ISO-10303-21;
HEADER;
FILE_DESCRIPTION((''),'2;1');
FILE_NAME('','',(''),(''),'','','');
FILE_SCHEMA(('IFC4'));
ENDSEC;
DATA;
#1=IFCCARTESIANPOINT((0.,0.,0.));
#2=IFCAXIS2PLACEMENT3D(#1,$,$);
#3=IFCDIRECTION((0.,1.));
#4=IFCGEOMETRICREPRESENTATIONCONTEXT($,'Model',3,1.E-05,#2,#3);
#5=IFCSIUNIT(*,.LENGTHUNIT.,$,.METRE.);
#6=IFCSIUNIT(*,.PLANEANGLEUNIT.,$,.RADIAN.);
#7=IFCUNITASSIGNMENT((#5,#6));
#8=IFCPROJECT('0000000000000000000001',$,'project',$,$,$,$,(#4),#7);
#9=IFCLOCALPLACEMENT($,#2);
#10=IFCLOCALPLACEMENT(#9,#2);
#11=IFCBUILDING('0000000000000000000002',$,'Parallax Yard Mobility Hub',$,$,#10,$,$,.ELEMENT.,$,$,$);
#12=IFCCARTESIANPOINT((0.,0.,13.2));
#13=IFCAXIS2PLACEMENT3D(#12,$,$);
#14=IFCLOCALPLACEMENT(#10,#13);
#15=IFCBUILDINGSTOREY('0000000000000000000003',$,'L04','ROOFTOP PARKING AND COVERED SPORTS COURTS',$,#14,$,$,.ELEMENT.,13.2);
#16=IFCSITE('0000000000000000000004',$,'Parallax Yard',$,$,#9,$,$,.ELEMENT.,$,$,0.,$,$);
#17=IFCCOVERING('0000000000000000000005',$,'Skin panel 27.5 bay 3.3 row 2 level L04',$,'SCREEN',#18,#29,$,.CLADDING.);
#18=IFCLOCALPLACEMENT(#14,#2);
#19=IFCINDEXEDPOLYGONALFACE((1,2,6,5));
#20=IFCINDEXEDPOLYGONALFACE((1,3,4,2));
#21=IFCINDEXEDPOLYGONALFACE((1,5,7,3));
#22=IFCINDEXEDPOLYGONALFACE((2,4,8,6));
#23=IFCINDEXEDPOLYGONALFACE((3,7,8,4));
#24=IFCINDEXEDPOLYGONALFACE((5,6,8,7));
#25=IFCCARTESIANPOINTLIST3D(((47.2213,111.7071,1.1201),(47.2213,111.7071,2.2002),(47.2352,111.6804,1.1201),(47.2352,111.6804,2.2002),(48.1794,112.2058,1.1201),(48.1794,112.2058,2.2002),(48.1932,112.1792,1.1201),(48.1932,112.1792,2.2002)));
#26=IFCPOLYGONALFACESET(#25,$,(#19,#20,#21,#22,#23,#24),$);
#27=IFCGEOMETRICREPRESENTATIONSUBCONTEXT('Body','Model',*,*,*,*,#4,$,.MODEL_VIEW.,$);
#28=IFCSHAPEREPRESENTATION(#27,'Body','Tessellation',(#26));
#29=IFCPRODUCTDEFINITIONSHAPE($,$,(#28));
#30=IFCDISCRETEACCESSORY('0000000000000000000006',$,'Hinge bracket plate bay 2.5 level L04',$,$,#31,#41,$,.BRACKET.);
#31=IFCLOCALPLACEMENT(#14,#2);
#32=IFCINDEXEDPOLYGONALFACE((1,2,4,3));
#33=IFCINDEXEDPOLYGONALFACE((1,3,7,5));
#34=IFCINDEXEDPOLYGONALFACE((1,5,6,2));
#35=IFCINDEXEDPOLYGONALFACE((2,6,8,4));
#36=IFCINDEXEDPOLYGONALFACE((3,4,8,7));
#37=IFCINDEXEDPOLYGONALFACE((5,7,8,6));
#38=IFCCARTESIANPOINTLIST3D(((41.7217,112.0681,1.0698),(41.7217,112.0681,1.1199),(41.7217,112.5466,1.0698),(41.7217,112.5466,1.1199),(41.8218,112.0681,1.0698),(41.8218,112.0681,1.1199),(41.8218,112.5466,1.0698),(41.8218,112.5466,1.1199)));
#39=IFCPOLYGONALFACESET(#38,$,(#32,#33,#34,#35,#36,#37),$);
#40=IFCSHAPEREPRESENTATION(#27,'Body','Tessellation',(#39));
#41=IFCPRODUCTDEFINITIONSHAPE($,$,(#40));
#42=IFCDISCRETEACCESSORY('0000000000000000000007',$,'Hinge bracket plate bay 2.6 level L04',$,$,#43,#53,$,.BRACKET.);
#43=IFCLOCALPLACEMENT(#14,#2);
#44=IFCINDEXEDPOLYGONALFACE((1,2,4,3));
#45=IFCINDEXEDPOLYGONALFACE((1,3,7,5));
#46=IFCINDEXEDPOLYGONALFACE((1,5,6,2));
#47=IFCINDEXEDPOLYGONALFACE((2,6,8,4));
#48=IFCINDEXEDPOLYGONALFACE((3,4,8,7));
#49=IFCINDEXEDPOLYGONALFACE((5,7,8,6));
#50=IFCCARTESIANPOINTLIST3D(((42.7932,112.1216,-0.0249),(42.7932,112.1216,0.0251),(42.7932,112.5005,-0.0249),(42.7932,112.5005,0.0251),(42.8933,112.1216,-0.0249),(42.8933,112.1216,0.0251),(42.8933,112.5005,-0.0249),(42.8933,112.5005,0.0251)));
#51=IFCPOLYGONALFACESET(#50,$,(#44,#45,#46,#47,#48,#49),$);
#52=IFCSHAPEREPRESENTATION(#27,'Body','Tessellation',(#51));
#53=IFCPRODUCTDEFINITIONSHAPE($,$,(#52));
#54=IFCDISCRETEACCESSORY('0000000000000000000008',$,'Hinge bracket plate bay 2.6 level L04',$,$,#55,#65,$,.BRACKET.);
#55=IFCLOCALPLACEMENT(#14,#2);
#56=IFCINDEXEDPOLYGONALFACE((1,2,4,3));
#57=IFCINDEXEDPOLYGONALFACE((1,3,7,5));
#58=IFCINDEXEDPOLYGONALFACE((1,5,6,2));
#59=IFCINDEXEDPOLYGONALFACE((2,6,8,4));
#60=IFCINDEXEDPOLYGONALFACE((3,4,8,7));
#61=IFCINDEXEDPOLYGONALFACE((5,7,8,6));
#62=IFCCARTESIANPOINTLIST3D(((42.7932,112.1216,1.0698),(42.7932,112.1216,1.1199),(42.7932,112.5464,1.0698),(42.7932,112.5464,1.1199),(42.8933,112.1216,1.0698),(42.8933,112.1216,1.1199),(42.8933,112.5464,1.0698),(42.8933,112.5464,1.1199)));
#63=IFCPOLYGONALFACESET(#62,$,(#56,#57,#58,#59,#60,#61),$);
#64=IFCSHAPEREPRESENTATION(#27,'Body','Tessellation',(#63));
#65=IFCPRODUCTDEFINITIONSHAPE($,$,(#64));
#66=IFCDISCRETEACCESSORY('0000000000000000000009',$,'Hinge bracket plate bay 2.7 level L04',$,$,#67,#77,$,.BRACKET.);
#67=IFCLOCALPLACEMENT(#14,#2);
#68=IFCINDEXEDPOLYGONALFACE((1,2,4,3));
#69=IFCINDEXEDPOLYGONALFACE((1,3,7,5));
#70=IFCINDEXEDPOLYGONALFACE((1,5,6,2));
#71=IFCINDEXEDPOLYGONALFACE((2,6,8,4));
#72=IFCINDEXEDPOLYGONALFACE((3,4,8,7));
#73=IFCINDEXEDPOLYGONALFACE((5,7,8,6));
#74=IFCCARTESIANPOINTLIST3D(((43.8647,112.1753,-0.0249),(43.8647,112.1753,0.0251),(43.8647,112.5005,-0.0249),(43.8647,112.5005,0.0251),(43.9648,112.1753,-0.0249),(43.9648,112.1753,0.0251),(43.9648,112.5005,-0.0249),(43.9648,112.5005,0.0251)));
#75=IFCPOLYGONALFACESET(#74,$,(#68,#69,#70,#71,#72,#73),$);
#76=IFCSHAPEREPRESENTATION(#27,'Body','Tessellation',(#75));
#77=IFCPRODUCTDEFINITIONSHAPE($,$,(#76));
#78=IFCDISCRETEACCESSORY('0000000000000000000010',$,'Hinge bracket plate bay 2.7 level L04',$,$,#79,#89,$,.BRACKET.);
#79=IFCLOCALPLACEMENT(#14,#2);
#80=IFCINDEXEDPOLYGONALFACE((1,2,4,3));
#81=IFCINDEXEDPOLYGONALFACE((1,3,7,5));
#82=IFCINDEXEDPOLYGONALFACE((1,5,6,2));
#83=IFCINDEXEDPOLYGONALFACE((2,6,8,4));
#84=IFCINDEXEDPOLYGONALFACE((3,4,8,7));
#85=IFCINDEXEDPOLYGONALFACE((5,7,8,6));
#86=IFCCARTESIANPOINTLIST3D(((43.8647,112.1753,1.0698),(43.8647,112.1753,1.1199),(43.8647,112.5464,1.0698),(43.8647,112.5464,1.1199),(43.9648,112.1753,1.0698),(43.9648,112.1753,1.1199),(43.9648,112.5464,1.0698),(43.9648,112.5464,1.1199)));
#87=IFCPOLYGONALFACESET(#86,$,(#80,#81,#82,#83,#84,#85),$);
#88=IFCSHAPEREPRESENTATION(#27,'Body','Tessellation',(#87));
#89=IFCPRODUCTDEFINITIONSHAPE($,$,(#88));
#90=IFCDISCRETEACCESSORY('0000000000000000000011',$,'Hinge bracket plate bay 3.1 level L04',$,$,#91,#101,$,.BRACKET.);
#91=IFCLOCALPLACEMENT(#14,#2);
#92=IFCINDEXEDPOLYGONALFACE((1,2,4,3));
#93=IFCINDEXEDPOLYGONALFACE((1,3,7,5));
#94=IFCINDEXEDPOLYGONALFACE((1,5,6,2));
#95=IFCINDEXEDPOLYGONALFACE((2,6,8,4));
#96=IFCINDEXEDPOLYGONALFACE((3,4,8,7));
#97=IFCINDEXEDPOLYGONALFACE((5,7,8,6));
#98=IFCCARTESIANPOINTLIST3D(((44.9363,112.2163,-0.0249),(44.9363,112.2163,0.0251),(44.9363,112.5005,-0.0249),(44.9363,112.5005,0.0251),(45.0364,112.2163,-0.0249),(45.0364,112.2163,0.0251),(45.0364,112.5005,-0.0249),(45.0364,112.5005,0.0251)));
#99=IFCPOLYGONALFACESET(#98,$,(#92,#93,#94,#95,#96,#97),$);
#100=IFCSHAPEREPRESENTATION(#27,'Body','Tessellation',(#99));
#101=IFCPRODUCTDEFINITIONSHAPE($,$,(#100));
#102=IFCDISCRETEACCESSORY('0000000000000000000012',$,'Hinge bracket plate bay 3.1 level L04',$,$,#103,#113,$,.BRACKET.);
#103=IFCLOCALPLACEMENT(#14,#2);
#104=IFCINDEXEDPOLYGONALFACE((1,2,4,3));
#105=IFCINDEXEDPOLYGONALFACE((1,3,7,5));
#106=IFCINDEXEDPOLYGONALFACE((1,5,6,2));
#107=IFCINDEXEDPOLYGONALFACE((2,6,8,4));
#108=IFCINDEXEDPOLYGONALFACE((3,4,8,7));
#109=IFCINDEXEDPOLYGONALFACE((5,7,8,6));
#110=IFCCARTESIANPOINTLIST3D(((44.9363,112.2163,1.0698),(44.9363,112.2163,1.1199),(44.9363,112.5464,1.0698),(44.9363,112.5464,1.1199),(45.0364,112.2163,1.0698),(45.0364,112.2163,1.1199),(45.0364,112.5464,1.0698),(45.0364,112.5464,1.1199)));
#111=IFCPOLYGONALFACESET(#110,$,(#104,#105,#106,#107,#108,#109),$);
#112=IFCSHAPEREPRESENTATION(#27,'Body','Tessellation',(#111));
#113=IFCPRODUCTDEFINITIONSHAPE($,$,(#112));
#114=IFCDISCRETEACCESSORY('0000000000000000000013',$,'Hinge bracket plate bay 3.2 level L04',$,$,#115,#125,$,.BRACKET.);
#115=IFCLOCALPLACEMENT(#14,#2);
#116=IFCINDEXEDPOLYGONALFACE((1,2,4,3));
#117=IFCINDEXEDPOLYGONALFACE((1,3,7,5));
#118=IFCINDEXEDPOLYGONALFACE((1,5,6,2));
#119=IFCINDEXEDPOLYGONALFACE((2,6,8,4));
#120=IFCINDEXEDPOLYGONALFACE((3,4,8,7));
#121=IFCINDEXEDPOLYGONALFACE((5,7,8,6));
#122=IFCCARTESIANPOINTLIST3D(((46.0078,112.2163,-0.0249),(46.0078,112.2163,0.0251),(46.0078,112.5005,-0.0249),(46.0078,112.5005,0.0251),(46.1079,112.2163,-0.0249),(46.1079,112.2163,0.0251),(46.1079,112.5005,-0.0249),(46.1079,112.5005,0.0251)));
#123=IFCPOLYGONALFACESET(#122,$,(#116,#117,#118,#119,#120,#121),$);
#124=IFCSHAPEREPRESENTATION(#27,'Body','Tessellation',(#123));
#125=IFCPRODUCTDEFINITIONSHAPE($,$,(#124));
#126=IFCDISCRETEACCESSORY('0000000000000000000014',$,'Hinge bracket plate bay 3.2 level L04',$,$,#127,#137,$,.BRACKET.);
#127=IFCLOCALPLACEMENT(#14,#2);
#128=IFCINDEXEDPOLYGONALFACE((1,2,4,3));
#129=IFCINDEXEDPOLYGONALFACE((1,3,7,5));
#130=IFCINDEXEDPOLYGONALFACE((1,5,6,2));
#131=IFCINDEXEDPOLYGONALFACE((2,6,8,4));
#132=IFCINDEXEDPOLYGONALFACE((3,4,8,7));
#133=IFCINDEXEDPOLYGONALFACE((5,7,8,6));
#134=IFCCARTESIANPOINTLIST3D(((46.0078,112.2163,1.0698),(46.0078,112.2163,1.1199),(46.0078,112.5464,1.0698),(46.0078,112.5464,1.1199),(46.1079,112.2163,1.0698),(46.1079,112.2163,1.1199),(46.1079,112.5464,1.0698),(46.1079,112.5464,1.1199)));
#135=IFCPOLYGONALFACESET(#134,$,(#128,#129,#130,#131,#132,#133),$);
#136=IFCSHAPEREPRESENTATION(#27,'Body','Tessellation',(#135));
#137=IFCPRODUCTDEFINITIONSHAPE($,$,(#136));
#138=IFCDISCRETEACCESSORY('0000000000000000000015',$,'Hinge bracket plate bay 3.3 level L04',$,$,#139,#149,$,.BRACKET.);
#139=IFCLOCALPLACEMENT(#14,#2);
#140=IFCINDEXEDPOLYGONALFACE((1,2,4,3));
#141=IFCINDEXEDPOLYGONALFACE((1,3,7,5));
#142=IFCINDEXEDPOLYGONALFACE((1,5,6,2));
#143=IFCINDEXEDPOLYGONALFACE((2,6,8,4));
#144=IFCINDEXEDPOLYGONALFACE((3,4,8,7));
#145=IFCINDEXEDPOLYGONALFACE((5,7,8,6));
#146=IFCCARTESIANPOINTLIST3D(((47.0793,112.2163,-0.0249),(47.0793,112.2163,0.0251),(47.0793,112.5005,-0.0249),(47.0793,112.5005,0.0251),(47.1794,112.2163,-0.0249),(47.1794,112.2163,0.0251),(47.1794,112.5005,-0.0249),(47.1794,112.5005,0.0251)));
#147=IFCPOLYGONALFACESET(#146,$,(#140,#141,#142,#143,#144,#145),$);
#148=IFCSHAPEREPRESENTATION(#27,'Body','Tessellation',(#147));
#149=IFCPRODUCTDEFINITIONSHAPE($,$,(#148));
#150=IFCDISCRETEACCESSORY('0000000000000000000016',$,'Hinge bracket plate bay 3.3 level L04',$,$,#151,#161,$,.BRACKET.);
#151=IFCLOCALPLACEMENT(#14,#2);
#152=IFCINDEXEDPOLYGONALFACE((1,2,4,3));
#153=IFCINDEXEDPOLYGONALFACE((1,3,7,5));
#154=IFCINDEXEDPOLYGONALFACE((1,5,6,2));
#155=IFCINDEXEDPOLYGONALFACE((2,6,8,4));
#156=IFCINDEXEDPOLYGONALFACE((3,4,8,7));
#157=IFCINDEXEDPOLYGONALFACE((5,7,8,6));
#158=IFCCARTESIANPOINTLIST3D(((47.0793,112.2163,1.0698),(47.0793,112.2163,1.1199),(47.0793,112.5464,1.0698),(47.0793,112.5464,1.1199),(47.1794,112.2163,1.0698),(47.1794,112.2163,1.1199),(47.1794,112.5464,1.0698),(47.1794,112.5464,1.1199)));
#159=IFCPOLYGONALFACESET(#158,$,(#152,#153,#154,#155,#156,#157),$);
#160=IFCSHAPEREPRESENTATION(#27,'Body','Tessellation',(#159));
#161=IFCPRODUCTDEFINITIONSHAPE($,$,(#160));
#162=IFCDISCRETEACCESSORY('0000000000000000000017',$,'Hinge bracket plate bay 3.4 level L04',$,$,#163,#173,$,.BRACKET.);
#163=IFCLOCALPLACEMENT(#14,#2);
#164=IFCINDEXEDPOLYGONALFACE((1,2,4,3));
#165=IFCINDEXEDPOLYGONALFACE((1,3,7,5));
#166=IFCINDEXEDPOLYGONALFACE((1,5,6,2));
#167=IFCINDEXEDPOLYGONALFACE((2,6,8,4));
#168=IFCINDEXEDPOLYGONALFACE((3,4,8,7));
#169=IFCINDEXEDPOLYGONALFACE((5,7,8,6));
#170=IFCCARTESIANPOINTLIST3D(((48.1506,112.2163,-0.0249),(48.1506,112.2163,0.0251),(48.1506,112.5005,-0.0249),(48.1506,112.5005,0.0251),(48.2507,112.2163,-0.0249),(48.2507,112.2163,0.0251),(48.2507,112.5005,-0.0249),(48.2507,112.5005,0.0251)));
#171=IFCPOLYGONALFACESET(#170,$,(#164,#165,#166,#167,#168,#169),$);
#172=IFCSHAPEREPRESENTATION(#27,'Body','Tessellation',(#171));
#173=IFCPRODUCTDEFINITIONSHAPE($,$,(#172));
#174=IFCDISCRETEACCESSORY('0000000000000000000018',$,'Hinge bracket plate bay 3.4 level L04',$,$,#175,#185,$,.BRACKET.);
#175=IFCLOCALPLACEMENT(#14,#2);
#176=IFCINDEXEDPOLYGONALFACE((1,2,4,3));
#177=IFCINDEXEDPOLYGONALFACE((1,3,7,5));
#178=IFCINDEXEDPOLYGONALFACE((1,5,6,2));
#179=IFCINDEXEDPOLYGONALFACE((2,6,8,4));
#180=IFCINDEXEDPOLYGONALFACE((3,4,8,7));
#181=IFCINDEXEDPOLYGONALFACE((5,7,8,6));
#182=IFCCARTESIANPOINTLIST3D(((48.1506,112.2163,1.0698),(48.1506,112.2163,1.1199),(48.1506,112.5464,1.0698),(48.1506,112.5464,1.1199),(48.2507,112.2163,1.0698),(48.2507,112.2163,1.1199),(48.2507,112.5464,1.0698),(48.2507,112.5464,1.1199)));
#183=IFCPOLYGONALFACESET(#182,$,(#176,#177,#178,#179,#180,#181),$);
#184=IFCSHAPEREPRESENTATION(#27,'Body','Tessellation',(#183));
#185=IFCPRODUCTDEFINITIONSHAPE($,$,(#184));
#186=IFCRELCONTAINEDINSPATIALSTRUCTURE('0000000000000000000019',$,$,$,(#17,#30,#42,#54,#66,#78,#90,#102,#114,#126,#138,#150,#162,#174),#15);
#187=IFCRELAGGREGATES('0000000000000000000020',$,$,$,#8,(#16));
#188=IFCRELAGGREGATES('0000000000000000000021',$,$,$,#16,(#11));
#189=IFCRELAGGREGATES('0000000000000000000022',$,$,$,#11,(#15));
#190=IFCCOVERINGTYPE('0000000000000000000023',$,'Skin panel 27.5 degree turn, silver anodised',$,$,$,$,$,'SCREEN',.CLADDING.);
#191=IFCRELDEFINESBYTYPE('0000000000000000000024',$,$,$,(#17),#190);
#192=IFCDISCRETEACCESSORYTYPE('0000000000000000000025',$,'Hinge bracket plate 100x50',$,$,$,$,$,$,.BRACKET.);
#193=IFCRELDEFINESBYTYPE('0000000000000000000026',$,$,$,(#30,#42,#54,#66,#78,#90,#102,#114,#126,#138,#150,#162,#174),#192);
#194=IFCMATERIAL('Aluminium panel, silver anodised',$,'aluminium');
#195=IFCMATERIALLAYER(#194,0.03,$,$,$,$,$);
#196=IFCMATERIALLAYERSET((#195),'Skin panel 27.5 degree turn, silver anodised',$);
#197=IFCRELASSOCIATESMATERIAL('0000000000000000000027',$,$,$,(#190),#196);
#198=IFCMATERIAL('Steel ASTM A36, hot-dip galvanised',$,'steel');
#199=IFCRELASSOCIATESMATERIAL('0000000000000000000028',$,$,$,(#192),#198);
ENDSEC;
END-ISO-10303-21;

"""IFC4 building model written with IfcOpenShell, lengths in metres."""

from ifc_helpers import new_model, si_unit, direction, frame, origin, origin_2d, place, context, subcontext, project, spatial, rectangle, extrude, material, layer, layer_set, type_object, element, save


model = new_model("IFC4")

# Units and contexts
model_context = context("Model", 3, precision=1e-05, world=origin(), true_north=direction((0.0, 1.0)))
body_context = subcontext(model_context, "Body", "Model", "MODEL_VIEW")
ifc_project = project(units=[si_unit("LENGTHUNIT", "METRE"), si_unit("PLANEANGLEUNIT", "RADIAN")], contexts=[model_context])

# Site, building, storey
site_placement = place(None, origin())
site = spatial("IfcSite", under=ifc_project, at=site_placement, Name="Parallax Yard", CompositionType="ELEMENT", RefElevation=0.0)
building_placement = place(site_placement, origin())
building = spatial("IfcBuilding", under=site, at=building_placement, Name="Parallax Yard Mobility Hub", CompositionType="ELEMENT")
storey_placement = place(building_placement, frame((0.0, 0.0, 13.2)))
storey = spatial("IfcBuildingStorey", under=building, at=storey_placement, Name="L04", Description="ROOFTOP PARKING AND COVERED SPORTS COURTS", CompositionType="ELEMENT", Elevation=13.2)

# Covering
ifc_material_1 = material(Name="Aluminium panel, silver anodised", Category="aluminium")
ifc_layer_1 = layer(ifc_material_1, 0.03)
ifc_layer_set_1 = layer_set([ifc_layer_1], Name="Skin panel 27.5 degree turn, silver anodised")
covering_type_1 = type_object("IfcCoveringType", Name="Skin panel 27.5 degree turn, silver anodised", ElementType="SCREEN", PredefinedType="CLADDING", material=ifc_layer_set_1)
for number, where, z_axis, x_axis, name in (
    (1, (47.7073, 111.9431, 1.1201), (0.0, 0.0, 1.0), (-0.887011, -0.461749, 0.0), "Skin panel 27.5 bay 3.3 row 2 level L04"),
):
    element("IfcCovering", number, at=place(storey_placement, frame(where, z_axis=z_axis, x_axis=x_axis)), inside=storey, type_object=covering_type_1, Name=name, ObjectType="SCREEN", PredefinedType="CLADDING", context=body_context, shape_type="SweptSolid", body=[
        extrude(rectangle(XDim=1.0801, YDim=0.03, at=origin_2d()), origin(), (0.0, 0.0, 1.0), 1.0801),
    ])

# Discrete accessories
ifc_material_2 = material(Name="Steel ASTM A36, hot-dip galvanised", Category="steel")
discrete_accessory_type_1 = type_object("IfcDiscreteAccessoryType", Name="Hinge bracket plate 100x50", PredefinedType="BRACKET", material=ifc_material_2)
discrete_accessory_1_placement = place(storey_placement, frame((41.7717, 112.3074, 1.0698), z_axis=(0.0, 0.0, 1.0), x_axis=(0.0, -1.0, 0.0)))
element("IfcDiscreteAccessory", 2, at=discrete_accessory_1_placement, inside=storey, type_object=discrete_accessory_type_1, Name="Hinge bracket plate bay 2.5 level L04", PredefinedType="BRACKET", context=body_context, shape_type="SweptSolid", body=[
    extrude(rectangle(XDim=0.4785, YDim=0.1001, at=origin_2d()), origin(), (0.0, 0.0, 1.0), 0.05),
])
discrete_accessory_2_placement = place(storey_placement, frame((42.8433, 112.311, -0.0249), z_axis=(0.0, 0.0, 1.0), x_axis=(0.0, -1.0, 0.0)))
element("IfcDiscreteAccessory", 3, at=discrete_accessory_2_placement, inside=storey, type_object=discrete_accessory_type_1, Name="Hinge bracket plate bay 2.6 level L04", PredefinedType="BRACKET", context=body_context, shape_type="SweptSolid", body=[
    extrude(rectangle(XDim=0.3789, YDim=0.1001, at=origin_2d()), origin(), (0.0, 0.0, 1.0), 0.05),
])
discrete_accessory_3_placement = place(storey_placement, frame((42.8433, 112.334, 1.0698), z_axis=(0.0, 0.0, 1.0), x_axis=(0.0, -1.0, 0.0)))
element("IfcDiscreteAccessory", 4, at=discrete_accessory_3_placement, inside=storey, type_object=discrete_accessory_type_1, Name="Hinge bracket plate bay 2.6 level L04", PredefinedType="BRACKET", context=body_context, shape_type="SweptSolid", body=[
    extrude(rectangle(XDim=0.4248, YDim=0.1001, at=origin_2d()), origin(), (0.0, 0.0, 1.0), 0.05),
])
discrete_accessory_4_placement = place(storey_placement, frame((43.9148, 112.3379, -0.0249), z_axis=(0.0, 0.0, 1.0), x_axis=(0.0, -1.0, 0.0)))
element("IfcDiscreteAccessory", 5, at=discrete_accessory_4_placement, inside=storey, type_object=discrete_accessory_type_1, Name="Hinge bracket plate bay 2.7 level L04", PredefinedType="BRACKET", context=body_context, shape_type="SweptSolid", body=[
    extrude(rectangle(XDim=0.3252, YDim=0.1001, at=origin_2d()), origin(), (0.0, 0.0, 1.0), 0.05),
])
discrete_accessory_5_placement = place(storey_placement, frame((43.9148, 112.3608, 1.0698), z_axis=(0.0, 0.0, 1.0), x_axis=(0.0, -1.0, 0.0)))
element("IfcDiscreteAccessory", 6, at=discrete_accessory_5_placement, inside=storey, type_object=discrete_accessory_type_1, Name="Hinge bracket plate bay 2.7 level L04", PredefinedType="BRACKET", context=body_context, shape_type="SweptSolid", body=[
    extrude(rectangle(XDim=0.3711, YDim=0.1001, at=origin_2d()), origin(), (0.0, 0.0, 1.0), 0.05),
])
discrete_accessory_6_placement = place(storey_placement, frame((44.9863, 112.3584, -0.0249), z_axis=(0.0, 0.0, 1.0), x_axis=(0.0, -1.0, 0.0)))
element("IfcDiscreteAccessory", 7, at=discrete_accessory_6_placement, inside=storey, type_object=discrete_accessory_type_1, Name="Hinge bracket plate bay 3.1 level L04", PredefinedType="BRACKET", context=body_context, shape_type="SweptSolid", body=[
    extrude(rectangle(XDim=0.2842, YDim=0.1001, at=origin_2d()), origin(), (0.0, 0.0, 1.0), 0.05),
])
discrete_accessory_7_placement = place(storey_placement, frame((44.9863, 112.3813, 1.0698), z_axis=(0.0, 0.0, 1.0), x_axis=(0.0, -1.0, 0.0)))
element("IfcDiscreteAccessory", 8, at=discrete_accessory_7_placement, inside=storey, type_object=discrete_accessory_type_1, Name="Hinge bracket plate bay 3.1 level L04", PredefinedType="BRACKET", context=body_context, shape_type="SweptSolid", body=[
    extrude(rectangle(XDim=0.3301, YDim=0.1001, at=origin_2d()), origin(), (0.0, 0.0, 1.0), 0.05),
])
discrete_accessory_8_placement = place(storey_placement, frame((46.0579, 112.3584, -0.0249), z_axis=(0.0, 0.0, 1.0), x_axis=(0.0, -1.0, 0.0)))
element("IfcDiscreteAccessory", 9, at=discrete_accessory_8_placement, inside=storey, type_object=discrete_accessory_type_1, Name="Hinge bracket plate bay 3.2 level L04", PredefinedType="BRACKET", context=body_context, shape_type="SweptSolid", body=[
    extrude(rectangle(XDim=0.2842, YDim=0.1001, at=origin_2d()), origin(), (0.0, 0.0, 1.0), 0.05),
])
discrete_accessory_9_placement = place(storey_placement, frame((46.0579, 112.3813, 1.0698), z_axis=(0.0, 0.0, 1.0), x_axis=(0.0, -1.0, 0.0)))
element("IfcDiscreteAccessory", 10, at=discrete_accessory_9_placement, inside=storey, type_object=discrete_accessory_type_1, Name="Hinge bracket plate bay 3.2 level L04", PredefinedType="BRACKET", context=body_context, shape_type="SweptSolid", body=[
    extrude(rectangle(XDim=0.3301, YDim=0.1001, at=origin_2d()), origin(), (0.0, 0.0, 1.0), 0.05),
])
discrete_accessory_10_placement = place(storey_placement, frame((47.1294, 112.3584, -0.0249), z_axis=(0.0, 0.0, 1.0), x_axis=(0.0, -1.0, 0.0)))
element("IfcDiscreteAccessory", 11, at=discrete_accessory_10_placement, inside=storey, type_object=discrete_accessory_type_1, Name="Hinge bracket plate bay 3.3 level L04", PredefinedType="BRACKET", context=body_context, shape_type="SweptSolid", body=[
    extrude(rectangle(XDim=0.2842, YDim=0.1001, at=origin_2d()), origin(), (0.0, 0.0, 1.0), 0.05),
])
discrete_accessory_11_placement = place(storey_placement, frame((47.1294, 112.3813, 1.0698), z_axis=(0.0, 0.0, 1.0), x_axis=(0.0, -1.0, 0.0)))
element("IfcDiscreteAccessory", 12, at=discrete_accessory_11_placement, inside=storey, type_object=discrete_accessory_type_1, Name="Hinge bracket plate bay 3.3 level L04", PredefinedType="BRACKET", context=body_context, shape_type="SweptSolid", body=[
    extrude(rectangle(XDim=0.3301, YDim=0.1001, at=origin_2d()), origin(), (0.0, 0.0, 1.0), 0.05),
])
discrete_accessory_12_placement = place(storey_placement, frame((48.2007, 112.3584, -0.0249), z_axis=(0.0, 0.0, 1.0), x_axis=(0.0, -1.0, 0.0)))
element("IfcDiscreteAccessory", 13, at=discrete_accessory_12_placement, inside=storey, type_object=discrete_accessory_type_1, Name="Hinge bracket plate bay 3.4 level L04", PredefinedType="BRACKET", context=body_context, shape_type="SweptSolid", body=[
    extrude(rectangle(XDim=0.2842, YDim=0.1001, at=origin_2d()), origin(), (0.0, 0.0, 1.0), 0.05),
])
discrete_accessory_13_placement = place(storey_placement, frame((48.2007, 112.3813, 1.0698), z_axis=(0.0, 0.0, 1.0), x_axis=(0.0, -1.0, 0.0)))
element("IfcDiscreteAccessory", 14, at=discrete_accessory_13_placement, inside=storey, type_object=discrete_accessory_type_1, Name="Hinge bracket plate bay 3.4 level L04", PredefinedType="BRACKET", context=body_context, shape_type="SweptSolid", body=[
    extrude(rectangle(XDim=0.3301, YDim=0.1001, at=origin_2d()), origin(), (0.0, 0.0, 1.0), 0.05),
])

save(model, "model.ifc")
